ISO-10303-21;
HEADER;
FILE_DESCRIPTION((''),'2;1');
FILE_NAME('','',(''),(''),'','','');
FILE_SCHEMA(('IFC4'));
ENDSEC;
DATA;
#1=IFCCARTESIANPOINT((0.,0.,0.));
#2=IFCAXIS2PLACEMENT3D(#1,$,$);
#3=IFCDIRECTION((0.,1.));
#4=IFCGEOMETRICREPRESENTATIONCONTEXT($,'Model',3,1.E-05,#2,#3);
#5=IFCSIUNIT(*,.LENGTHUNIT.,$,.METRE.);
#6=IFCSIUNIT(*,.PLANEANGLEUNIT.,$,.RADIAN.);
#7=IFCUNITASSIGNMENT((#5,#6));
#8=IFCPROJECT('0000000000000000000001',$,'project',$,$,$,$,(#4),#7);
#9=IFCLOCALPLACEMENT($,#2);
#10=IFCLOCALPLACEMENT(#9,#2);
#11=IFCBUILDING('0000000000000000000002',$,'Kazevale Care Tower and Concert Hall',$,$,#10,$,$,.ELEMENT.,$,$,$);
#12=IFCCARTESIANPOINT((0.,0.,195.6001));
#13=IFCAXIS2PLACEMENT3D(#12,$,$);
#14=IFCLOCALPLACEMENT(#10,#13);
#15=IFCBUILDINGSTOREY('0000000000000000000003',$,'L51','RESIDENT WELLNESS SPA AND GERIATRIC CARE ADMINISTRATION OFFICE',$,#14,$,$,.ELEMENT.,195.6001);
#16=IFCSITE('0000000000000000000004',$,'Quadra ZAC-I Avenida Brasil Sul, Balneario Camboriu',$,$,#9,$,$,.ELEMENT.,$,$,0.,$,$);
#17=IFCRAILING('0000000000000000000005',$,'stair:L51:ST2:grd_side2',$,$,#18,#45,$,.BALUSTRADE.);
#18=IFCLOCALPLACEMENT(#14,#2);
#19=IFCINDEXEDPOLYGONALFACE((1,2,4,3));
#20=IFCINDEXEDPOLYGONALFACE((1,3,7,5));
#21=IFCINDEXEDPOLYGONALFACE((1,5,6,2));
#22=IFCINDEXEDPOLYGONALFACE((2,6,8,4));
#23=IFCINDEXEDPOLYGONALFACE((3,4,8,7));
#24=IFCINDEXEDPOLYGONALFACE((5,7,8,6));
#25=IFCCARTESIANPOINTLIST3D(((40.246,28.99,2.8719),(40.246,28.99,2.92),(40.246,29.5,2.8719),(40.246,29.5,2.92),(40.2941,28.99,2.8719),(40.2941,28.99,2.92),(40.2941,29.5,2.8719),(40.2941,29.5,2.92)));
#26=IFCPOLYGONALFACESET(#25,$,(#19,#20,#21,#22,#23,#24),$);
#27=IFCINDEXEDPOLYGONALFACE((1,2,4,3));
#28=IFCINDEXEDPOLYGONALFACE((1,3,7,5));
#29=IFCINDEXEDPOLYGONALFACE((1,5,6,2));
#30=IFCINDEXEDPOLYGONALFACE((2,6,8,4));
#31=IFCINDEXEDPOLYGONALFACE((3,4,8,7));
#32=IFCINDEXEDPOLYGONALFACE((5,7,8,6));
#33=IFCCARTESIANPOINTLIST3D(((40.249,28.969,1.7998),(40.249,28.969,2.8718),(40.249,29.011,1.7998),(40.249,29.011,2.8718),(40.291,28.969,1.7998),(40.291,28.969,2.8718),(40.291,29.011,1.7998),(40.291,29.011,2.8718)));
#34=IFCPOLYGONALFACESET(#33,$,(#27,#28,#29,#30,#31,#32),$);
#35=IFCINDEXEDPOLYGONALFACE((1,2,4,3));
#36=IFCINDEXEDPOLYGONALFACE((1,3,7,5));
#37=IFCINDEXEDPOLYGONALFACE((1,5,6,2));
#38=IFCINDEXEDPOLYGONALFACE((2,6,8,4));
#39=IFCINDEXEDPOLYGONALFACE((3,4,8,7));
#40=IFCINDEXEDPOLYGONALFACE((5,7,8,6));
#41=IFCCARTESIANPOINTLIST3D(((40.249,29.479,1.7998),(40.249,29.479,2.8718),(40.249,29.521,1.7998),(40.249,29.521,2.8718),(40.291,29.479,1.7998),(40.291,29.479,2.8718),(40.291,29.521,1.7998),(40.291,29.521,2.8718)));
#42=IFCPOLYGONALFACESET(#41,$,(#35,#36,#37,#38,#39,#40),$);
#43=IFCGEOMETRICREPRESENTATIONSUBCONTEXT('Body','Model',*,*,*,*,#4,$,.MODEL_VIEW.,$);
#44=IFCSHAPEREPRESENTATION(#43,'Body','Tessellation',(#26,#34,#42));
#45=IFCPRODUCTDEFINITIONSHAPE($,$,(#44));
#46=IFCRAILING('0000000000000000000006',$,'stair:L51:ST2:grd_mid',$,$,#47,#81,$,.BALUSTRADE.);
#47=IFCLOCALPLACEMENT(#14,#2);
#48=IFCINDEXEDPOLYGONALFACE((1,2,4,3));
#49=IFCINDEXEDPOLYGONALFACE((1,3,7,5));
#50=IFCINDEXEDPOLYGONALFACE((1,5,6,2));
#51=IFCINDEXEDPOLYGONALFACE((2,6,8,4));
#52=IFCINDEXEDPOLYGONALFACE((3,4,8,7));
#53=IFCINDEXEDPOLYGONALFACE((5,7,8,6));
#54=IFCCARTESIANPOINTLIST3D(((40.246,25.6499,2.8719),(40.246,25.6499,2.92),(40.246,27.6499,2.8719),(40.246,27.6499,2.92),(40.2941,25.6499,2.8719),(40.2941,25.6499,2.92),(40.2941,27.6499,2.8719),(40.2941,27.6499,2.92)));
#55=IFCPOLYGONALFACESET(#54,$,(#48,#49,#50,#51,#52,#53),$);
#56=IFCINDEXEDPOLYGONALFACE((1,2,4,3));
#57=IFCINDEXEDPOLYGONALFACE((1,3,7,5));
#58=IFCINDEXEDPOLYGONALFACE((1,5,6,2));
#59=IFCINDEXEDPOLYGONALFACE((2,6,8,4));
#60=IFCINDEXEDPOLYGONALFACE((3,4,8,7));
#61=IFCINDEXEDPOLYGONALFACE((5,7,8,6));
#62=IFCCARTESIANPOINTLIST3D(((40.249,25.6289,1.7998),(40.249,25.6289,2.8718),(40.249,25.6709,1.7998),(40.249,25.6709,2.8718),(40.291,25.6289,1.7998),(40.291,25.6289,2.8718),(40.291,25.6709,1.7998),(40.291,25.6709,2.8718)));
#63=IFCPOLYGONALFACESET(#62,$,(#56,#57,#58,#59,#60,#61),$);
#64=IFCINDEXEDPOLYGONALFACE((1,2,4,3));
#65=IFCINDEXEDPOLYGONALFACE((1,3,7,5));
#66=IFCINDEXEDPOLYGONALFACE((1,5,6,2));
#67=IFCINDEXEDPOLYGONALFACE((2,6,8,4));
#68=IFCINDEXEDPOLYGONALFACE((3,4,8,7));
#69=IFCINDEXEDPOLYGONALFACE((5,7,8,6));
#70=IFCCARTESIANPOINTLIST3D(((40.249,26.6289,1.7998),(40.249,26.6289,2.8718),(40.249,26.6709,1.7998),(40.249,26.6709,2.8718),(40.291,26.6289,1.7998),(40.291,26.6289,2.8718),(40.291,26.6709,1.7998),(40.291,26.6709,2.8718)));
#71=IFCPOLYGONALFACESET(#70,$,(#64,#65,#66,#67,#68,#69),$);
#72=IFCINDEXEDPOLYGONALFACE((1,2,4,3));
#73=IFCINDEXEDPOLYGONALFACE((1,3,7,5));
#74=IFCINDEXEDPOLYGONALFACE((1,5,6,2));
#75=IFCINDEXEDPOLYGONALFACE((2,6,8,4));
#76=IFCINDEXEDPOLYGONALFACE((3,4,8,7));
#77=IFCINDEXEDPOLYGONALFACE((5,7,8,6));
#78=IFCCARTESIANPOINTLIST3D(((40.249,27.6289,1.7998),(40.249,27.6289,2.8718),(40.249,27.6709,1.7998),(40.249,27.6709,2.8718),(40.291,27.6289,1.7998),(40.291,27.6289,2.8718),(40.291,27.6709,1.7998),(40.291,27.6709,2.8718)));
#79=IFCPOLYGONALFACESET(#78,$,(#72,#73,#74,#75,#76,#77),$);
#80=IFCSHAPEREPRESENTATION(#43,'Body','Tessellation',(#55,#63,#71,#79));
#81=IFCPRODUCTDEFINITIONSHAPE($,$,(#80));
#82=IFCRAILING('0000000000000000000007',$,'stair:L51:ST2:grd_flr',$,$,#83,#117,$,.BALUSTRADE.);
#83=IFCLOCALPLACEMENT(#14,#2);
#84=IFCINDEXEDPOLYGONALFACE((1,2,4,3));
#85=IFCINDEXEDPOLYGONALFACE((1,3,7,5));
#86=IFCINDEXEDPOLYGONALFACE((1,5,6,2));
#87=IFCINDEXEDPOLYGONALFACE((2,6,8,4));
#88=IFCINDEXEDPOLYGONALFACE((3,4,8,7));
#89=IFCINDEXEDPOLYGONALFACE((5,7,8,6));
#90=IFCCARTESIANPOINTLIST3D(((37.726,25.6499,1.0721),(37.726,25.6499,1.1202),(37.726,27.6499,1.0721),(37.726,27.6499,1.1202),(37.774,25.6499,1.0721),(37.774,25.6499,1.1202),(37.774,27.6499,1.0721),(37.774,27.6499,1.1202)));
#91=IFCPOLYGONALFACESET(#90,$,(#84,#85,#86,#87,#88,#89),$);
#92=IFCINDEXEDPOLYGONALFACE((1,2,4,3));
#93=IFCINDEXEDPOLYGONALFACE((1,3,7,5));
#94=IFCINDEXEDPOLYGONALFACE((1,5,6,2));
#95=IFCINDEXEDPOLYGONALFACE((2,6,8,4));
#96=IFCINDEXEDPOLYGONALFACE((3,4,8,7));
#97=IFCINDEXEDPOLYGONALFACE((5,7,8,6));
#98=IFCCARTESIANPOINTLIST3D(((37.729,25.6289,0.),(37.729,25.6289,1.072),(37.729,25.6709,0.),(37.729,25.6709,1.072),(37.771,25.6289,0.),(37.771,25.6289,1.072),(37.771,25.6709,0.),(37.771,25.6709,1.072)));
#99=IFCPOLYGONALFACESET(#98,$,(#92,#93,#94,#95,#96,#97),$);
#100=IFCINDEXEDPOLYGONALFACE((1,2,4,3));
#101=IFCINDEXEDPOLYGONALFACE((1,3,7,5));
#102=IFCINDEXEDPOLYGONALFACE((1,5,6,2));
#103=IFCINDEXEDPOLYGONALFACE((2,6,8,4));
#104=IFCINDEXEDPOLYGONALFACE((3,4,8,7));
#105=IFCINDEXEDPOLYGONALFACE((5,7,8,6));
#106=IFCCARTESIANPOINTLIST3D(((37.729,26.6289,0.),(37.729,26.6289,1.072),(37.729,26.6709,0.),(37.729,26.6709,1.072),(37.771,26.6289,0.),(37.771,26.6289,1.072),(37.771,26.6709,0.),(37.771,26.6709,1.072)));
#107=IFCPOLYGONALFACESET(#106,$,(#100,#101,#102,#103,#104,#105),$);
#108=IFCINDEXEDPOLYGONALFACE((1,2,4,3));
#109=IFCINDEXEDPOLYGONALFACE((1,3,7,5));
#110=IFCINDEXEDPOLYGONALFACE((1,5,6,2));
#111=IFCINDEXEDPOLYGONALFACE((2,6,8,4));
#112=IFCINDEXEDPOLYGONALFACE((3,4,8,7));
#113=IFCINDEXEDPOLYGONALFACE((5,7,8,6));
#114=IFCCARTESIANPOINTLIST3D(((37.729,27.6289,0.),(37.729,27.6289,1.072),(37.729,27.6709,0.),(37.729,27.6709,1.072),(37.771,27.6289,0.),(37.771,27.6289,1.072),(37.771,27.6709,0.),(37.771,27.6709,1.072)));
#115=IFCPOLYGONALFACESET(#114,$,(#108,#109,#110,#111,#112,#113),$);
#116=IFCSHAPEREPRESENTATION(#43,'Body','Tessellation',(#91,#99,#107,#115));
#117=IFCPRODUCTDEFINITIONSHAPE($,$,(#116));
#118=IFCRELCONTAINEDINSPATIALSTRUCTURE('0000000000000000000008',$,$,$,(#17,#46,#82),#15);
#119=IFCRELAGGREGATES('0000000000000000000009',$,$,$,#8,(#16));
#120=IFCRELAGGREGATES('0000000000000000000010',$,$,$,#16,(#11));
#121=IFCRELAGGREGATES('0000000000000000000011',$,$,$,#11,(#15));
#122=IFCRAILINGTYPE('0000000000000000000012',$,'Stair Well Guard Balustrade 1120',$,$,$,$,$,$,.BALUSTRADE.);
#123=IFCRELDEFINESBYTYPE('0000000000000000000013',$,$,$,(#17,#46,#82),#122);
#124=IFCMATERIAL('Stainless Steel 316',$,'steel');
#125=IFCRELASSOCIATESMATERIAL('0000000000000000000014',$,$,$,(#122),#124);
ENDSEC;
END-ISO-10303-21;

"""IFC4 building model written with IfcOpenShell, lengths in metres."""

from ifc_helpers import new_model, si_unit, direction, frame, origin, origin_2d, place, context, subcontext, project, spatial, rectangle, extrude, material, type_object, element, save


model = new_model("IFC4")

# Units and contexts
model_context = context("Model", 3, precision=1e-05, world=origin(), true_north=direction((0.0, 1.0)))
body_context = subcontext(model_context, "Body", "Model", "MODEL_VIEW")
ifc_project = project(units=[si_unit("LENGTHUNIT", "METRE"), si_unit("PLANEANGLEUNIT", "RADIAN")], contexts=[model_context])

# Site, building, storey
site_placement = place(None, origin())
site = spatial("IfcSite", under=ifc_project, at=site_placement, Name="Quadra ZAC-I Avenida Brasil Sul, Balneario Camboriu", CompositionType="ELEMENT", RefElevation=0.0)
building_placement = place(site_placement, origin())
building = spatial("IfcBuilding", under=site, at=building_placement, Name="Kazevale Care Tower and Concert Hall", CompositionType="ELEMENT")
storey_placement = place(building_placement, frame((0.0, 0.0, 195.6001)))
storey = spatial("IfcBuildingStorey", under=building, at=storey_placement, Name="L51", Description="RESIDENT WELLNESS SPA AND GERIATRIC CARE ADMINISTRATION OFFICE", CompositionType="ELEMENT", Elevation=195.6001)

# Railings
ifc_material_1 = material(Name="Stainless Steel 316", Category="steel")
railing_type_1 = type_object("IfcRailingType", Name="Stair Well Guard Balustrade 1120", PredefinedType="BALUSTRADE", material=ifc_material_1)
railing_1_placement = place(storey_placement, frame((40.27, 28.99, 1.7998)))
element("IfcRailing", 1, at=railing_1_placement, inside=storey, type_object=railing_type_1, Name="stair:L51:ST2:grd_side2", PredefinedType="BALUSTRADE", context=body_context, shape_type="SweptSolid", body=[
    extrude(rectangle(XDim=0.0481, YDim=0.0481, at=origin_2d()), frame((0.0, 0.0, 1.0962), z_axis=(0.0, 1.0, 0.0), x_axis=(-1.0, 0.0, 0.0)), (0.0, 0.0, 1.0), 0.51),
    extrude(rectangle(XDim=0.042, YDim=0.042, at=origin_2d()), origin(), (0.0, 0.0, 1.0), 1.072),
    extrude(rectangle(XDim=0.042, YDim=0.042, at=origin_2d()), frame((0.0, 0.51, 0.0)), (0.0, 0.0, 1.0), 1.072),
])
for number, where, name in (
    (2, (40.27, 25.6499, 1.7998), "stair:L51:ST2:grd_mid"),
    (3, (37.75, 25.6499, 0.0), "stair:L51:ST2:grd_flr"),
):
    element("IfcRailing", number, at=place(storey_placement, frame(where)), inside=storey, type_object=railing_type_1, Name=name, PredefinedType="BALUSTRADE", context=body_context, shape_type="SweptSolid", body=[
        extrude(rectangle(XDim=0.0481, YDim=0.0481, at=origin_2d()), frame((0.0, 0.0, 1.0962), z_axis=(0.0, 1.0, 0.0), x_axis=(-1.0, 0.0, 0.0)), (0.0, 0.0, 1.0), 2.0),
        extrude(rectangle(XDim=0.042, YDim=0.042, at=origin_2d()), origin(), (0.0, 0.0, 1.0), 1.072),
        extrude(rectangle(XDim=0.042, YDim=0.042, at=origin_2d()), frame((0.0, 1.0, 0.0)), (0.0, 0.0, 1.0), 1.072),
        extrude(rectangle(XDim=0.042, YDim=0.042, at=origin_2d()), frame((0.0, 2.0, 0.0)), (0.0, 0.0, 1.0), 1.072),
    ])

save(model, "model.ifc")
